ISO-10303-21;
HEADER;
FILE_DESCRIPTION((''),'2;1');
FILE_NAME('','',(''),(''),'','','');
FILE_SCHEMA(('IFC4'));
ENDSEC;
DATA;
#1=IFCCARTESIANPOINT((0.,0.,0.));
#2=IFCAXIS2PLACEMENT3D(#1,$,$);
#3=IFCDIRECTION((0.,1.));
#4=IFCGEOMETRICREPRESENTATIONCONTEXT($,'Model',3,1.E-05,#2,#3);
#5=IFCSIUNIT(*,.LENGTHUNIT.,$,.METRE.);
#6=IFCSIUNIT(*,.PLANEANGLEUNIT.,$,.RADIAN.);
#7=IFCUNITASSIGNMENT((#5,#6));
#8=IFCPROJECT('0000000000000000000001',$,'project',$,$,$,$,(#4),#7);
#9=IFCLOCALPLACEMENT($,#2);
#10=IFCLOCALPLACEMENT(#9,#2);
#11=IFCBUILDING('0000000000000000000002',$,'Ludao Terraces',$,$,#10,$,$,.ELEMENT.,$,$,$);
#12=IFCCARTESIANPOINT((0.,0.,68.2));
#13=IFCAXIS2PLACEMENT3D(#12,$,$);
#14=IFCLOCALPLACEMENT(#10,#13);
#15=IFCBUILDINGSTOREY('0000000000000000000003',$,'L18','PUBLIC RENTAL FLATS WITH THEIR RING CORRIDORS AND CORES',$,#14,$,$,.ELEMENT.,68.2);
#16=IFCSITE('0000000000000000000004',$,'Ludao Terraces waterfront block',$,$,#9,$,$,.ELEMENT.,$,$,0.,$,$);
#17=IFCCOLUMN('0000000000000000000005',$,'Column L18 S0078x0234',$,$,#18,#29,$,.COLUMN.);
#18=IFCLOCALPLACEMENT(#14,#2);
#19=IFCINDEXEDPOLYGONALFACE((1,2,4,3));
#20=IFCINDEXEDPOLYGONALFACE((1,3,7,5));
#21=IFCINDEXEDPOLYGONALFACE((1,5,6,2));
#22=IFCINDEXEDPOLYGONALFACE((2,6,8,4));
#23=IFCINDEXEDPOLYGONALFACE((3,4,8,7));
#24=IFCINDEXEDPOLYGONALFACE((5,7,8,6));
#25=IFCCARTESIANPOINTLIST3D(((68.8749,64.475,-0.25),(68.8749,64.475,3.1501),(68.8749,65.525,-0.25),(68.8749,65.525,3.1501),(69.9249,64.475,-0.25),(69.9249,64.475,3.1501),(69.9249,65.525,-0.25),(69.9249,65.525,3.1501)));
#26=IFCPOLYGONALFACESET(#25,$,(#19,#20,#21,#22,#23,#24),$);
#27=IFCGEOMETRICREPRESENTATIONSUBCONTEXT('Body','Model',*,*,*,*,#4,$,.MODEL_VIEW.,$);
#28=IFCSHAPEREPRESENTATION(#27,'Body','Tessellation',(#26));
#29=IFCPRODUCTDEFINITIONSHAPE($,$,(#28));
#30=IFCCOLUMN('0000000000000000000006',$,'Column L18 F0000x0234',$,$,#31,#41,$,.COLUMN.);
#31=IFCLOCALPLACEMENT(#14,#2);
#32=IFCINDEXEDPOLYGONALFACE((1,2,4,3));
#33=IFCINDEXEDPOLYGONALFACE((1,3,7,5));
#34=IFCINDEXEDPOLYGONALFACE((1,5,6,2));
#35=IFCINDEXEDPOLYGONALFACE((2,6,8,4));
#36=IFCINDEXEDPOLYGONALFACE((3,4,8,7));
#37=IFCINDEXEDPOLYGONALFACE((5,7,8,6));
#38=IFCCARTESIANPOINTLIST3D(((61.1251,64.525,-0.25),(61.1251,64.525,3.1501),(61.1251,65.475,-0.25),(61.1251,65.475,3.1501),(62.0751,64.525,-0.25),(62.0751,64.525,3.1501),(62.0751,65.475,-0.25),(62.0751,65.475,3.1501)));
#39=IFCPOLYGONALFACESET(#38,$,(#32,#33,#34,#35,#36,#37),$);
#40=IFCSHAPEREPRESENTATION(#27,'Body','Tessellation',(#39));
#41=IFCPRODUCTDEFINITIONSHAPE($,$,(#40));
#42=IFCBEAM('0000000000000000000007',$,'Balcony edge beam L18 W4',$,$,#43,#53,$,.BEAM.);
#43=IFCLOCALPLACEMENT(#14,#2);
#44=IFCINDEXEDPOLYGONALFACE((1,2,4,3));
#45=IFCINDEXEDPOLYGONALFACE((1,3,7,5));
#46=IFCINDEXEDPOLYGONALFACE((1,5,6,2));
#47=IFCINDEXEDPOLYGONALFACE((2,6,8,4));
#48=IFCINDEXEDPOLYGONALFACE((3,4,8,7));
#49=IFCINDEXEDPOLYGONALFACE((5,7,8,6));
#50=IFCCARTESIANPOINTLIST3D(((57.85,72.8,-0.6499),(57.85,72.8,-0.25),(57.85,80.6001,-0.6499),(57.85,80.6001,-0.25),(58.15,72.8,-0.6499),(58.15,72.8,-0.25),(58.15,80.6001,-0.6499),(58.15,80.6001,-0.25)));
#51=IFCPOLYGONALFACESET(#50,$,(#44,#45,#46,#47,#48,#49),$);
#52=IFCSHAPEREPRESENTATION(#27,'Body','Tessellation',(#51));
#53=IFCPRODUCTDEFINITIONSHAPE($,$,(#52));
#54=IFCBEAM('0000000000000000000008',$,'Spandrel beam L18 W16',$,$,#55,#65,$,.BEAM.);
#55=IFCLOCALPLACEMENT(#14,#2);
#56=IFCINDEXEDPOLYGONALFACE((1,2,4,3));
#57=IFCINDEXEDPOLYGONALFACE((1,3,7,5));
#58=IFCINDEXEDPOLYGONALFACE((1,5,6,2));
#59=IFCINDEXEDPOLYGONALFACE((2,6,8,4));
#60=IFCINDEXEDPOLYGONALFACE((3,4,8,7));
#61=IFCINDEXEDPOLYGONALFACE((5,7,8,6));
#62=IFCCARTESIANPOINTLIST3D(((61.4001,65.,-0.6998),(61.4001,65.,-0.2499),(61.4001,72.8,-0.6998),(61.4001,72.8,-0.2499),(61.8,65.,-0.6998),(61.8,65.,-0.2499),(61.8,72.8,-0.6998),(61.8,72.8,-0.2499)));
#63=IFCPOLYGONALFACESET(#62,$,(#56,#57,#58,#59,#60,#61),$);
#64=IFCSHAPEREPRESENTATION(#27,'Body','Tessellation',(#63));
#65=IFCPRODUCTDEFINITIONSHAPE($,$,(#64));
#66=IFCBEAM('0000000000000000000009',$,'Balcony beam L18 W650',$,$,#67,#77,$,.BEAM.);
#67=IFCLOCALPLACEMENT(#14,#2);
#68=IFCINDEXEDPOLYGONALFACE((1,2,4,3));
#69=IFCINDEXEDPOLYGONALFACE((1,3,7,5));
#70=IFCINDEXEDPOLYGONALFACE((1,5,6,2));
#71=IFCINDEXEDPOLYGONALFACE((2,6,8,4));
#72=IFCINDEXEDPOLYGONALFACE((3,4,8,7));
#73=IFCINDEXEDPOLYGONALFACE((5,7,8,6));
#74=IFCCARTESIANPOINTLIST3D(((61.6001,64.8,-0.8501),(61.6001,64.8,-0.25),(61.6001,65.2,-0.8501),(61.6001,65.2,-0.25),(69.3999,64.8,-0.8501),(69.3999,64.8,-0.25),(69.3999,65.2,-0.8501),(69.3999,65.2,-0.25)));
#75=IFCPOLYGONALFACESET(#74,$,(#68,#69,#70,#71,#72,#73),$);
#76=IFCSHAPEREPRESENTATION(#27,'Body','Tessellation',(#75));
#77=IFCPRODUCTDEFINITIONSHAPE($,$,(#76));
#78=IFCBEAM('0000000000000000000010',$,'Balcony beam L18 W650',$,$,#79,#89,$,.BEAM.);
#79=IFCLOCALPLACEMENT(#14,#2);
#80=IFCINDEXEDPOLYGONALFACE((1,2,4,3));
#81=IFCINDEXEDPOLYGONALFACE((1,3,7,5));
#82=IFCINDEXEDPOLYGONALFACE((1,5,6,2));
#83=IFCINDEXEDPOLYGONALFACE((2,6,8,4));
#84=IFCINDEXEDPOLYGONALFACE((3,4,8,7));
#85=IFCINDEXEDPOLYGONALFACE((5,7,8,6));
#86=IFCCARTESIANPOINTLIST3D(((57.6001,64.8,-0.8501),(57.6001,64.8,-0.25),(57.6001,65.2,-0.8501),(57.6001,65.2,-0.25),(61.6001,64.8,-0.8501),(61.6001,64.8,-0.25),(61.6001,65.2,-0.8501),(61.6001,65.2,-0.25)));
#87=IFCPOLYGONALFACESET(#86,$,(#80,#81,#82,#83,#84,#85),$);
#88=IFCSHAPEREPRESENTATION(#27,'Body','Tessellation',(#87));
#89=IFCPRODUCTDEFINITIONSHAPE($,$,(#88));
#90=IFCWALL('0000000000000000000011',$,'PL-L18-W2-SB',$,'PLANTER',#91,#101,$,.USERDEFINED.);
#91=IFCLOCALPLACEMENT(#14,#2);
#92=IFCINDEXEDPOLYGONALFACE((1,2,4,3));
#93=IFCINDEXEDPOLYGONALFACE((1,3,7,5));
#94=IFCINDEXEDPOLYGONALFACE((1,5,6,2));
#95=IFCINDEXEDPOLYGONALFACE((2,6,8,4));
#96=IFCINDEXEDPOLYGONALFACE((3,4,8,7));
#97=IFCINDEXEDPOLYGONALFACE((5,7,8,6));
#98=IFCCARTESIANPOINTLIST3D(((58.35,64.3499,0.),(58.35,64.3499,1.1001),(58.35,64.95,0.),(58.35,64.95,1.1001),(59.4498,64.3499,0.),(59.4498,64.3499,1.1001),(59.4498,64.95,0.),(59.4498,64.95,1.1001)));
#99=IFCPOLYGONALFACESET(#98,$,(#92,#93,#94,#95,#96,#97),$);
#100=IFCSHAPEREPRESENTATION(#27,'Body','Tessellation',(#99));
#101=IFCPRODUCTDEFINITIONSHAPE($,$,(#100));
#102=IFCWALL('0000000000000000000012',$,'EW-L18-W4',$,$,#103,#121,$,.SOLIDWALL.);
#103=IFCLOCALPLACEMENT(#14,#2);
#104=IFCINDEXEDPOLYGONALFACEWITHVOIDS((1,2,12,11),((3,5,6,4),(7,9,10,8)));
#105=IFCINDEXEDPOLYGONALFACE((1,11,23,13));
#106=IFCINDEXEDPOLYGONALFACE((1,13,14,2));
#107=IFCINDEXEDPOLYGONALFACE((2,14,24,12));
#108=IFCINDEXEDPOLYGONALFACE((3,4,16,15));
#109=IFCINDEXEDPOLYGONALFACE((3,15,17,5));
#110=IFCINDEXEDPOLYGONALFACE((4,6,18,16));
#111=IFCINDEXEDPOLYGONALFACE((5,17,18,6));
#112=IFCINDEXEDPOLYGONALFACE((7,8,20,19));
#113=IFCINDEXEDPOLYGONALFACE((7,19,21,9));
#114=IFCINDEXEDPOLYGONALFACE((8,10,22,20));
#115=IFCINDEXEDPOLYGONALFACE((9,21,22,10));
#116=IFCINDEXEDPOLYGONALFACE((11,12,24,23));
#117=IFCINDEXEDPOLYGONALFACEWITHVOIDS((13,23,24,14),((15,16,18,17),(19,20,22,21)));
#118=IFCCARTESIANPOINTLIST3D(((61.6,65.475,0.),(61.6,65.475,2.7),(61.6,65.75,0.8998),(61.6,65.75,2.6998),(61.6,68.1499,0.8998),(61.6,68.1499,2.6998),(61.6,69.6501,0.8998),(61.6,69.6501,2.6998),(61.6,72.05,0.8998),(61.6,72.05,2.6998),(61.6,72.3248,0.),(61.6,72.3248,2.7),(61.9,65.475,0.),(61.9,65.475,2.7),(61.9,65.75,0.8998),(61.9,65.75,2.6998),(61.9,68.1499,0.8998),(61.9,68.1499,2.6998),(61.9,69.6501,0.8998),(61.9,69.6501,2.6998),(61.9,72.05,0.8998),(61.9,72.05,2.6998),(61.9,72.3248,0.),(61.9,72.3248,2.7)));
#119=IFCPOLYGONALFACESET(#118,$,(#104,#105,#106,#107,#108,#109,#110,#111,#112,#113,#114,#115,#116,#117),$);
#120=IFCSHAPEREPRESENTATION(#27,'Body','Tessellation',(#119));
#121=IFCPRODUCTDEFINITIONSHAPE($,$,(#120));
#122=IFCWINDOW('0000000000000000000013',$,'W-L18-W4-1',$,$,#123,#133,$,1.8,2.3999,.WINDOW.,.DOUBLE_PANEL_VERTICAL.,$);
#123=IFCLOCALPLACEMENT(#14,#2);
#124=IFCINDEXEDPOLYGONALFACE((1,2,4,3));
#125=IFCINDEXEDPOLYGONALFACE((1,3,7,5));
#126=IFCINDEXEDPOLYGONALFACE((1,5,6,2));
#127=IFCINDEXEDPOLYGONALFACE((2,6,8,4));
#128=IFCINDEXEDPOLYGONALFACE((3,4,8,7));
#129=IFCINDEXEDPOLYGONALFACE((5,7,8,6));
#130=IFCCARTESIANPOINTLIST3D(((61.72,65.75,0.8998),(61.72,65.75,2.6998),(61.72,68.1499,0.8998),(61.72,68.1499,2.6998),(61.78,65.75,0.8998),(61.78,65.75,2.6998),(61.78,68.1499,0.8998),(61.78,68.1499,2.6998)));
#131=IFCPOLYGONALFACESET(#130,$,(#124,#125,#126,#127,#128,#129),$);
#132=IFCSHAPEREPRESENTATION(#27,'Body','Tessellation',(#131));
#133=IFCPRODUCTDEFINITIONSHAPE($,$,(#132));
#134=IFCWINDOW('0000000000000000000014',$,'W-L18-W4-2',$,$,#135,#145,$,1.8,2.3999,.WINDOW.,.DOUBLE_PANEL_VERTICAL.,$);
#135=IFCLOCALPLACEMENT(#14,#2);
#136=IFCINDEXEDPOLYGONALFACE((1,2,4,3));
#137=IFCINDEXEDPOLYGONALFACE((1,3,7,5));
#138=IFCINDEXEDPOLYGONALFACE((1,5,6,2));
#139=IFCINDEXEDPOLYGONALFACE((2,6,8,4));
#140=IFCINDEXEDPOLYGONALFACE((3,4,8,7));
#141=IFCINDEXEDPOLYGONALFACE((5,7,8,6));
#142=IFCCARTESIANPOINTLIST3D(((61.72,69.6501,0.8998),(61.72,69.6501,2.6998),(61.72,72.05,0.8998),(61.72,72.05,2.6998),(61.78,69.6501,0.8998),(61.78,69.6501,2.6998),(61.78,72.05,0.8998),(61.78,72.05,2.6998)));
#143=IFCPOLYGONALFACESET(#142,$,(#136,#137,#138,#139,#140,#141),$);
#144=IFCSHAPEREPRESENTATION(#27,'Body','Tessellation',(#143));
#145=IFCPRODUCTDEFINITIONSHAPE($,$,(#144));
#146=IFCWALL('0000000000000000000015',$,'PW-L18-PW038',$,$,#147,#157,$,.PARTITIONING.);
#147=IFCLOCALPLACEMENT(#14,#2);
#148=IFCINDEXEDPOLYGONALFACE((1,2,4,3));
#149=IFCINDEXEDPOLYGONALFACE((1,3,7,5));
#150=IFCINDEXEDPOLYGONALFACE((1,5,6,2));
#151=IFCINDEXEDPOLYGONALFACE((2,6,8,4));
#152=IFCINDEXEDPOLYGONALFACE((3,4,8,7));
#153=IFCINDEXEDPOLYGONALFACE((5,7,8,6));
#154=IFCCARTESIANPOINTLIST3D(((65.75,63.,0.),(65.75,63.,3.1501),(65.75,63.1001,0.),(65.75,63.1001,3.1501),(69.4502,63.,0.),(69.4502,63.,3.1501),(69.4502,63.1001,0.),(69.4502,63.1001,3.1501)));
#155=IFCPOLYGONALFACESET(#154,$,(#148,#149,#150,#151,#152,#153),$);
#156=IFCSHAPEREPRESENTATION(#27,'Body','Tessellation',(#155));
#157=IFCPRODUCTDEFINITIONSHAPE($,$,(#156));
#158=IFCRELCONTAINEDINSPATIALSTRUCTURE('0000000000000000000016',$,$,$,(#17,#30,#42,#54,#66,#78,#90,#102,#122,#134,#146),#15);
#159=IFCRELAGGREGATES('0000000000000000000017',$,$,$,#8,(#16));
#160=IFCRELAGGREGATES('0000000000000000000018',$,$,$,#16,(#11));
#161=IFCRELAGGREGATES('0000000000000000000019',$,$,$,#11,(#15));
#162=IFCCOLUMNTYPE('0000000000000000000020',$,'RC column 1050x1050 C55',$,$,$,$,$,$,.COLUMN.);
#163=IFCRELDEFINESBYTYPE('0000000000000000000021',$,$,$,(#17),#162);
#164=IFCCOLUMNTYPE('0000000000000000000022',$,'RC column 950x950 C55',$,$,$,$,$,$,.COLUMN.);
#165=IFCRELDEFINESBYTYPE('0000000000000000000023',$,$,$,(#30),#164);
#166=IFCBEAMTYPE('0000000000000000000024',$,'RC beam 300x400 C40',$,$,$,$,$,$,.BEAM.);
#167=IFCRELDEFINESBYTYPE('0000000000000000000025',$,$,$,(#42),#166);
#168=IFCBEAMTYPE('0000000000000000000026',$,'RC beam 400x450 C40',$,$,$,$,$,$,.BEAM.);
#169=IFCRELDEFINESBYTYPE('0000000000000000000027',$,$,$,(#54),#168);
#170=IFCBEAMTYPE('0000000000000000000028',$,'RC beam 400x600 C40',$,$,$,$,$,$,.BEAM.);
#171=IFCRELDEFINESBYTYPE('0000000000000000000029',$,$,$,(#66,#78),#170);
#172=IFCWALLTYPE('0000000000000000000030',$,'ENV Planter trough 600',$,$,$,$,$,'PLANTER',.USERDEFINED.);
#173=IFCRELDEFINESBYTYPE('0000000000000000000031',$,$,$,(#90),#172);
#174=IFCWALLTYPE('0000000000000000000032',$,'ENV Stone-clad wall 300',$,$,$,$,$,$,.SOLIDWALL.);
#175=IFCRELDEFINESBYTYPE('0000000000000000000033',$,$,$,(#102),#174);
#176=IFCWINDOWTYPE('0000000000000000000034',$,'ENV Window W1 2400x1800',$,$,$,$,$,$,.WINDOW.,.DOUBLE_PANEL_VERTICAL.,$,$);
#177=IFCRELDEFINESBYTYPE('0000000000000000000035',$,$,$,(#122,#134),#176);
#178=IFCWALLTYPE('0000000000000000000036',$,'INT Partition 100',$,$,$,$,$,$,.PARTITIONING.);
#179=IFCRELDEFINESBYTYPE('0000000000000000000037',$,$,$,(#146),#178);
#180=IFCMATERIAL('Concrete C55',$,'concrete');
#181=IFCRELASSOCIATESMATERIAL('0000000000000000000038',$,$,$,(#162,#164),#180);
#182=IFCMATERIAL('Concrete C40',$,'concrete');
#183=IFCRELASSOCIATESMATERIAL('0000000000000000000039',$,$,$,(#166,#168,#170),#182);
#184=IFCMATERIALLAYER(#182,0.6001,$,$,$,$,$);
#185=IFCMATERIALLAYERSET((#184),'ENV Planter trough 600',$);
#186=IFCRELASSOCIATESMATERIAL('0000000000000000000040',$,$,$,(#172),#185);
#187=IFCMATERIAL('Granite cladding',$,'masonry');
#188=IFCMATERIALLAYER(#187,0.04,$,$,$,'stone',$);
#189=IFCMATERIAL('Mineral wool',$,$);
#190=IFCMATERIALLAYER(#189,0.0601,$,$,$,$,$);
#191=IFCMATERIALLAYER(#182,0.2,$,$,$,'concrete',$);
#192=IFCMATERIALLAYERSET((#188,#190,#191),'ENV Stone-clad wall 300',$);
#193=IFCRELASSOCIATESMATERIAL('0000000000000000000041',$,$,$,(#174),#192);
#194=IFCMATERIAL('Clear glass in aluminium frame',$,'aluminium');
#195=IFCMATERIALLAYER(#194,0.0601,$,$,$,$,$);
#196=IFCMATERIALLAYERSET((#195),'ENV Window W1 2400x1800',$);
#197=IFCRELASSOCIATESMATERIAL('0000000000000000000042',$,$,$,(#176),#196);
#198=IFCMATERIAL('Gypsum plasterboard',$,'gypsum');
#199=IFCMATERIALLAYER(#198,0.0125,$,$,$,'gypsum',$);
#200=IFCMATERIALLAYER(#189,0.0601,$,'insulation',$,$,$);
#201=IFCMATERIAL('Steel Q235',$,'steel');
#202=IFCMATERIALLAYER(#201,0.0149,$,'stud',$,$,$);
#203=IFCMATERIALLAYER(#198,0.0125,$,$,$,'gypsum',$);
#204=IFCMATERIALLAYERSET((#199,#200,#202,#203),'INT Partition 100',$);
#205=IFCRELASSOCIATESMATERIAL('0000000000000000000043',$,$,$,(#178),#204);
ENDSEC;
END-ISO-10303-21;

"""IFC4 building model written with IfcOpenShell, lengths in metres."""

from ifc_helpers import new_model, si_unit, direction, frame, frame_2d, origin, origin_2d, place, context, subcontext, project, spatial, rectangle, extrude, material, layer, layer_set, material_profile, profile_set, type_object, element, fill, save


model = new_model("IFC4")

# Units and contexts
model_context = context("Model", 3, precision=1e-05, world=origin(), true_north=direction((0.0, 1.0)))
body_context = subcontext(model_context, "Body", "Model", "MODEL_VIEW")
ifc_project = project(units=[si_unit("LENGTHUNIT", "METRE"), si_unit("PLANEANGLEUNIT", "RADIAN")], contexts=[model_context])

# Site, building, storey
site_placement = place(None, origin())
site = spatial("IfcSite", under=ifc_project, at=site_placement, Name="Ludao Terraces waterfront block", CompositionType="ELEMENT", RefElevation=0.0)
building_placement = place(site_placement, origin())
building = spatial("IfcBuilding", under=site, at=building_placement, Name="Ludao Terraces", CompositionType="ELEMENT")
storey_placement = place(building_placement, frame((0.0, 0.0, 68.2)))
storey = spatial("IfcBuildingStorey", under=building, at=storey_placement, Name="L18", Description="PUBLIC RENTAL FLATS WITH THEIR RING CORRIDORS AND CORES", CompositionType="ELEMENT", Elevation=68.2)

# Columns
ifc_material_1 = material(Name="Concrete C55", Category="concrete")
ifc_material_profile_1 = material_profile(ifc_material_1, rectangle(XDim=1.05, YDim=1.05, at=origin_2d()), Name="1050 X 1050")
ifc_profile_set_1 = profile_set([ifc_material_profile_1], Name="Concrete C55")
column_type_1 = type_object("IfcColumnType", Name="RC column 1050x1050 C55", PredefinedType="COLUMN", material=ifc_profile_set_1)
column_1_placement = place(storey_placement, frame((69.3999, 65.0, -0.25), z_axis=(0.0, 0.0, 1.0), x_axis=(1.0, 0.0, 0.0)))
element("IfcColumn", 1, at=column_1_placement, inside=storey, type_object=column_type_1, Name="Column L18 S0078x0234", PredefinedType="COLUMN", context=body_context, shape_type="SweptSolid", body=[
    extrude(rectangle(XDim=1.05, YDim=1.05, at=origin_2d()), origin(), (0.0, 0.0, 1.0), 3.4001),
])
ifc_material_profile_2 = material_profile(ifc_material_1, rectangle(XDim=0.95, YDim=0.95, at=origin_2d()), Name="950 X 950")
ifc_profile_set_2 = profile_set([ifc_material_profile_2], Name="Concrete C55")
column_type_2 = type_object("IfcColumnType", Name="RC column 950x950 C55", PredefinedType="COLUMN", material=ifc_profile_set_2)
column_2_placement = place(storey_placement, frame((61.6001, 65.0, -0.25), z_axis=(0.0, 0.0, 1.0), x_axis=(1.0, 0.0, 0.0)))
element("IfcColumn", 2, at=column_2_placement, inside=storey, type_object=column_type_2, Name="Column L18 F0000x0234", PredefinedType="COLUMN", context=body_context, shape_type="SweptSolid", body=[
    extrude(rectangle(XDim=0.95, YDim=0.95, at=origin_2d()), origin(), (0.0, 0.0, 1.0), 3.4001),
])

# Beams
ifc_material_2 = material(Name="Concrete C40", Category="concrete")
ifc_material_profile_3 = material_profile(ifc_material_2, rectangle(XDim=0.3, YDim=0.3999, at=origin_2d()), Name="300 X 400")
ifc_profile_set_3 = profile_set([ifc_material_profile_3], Name="Concrete C40")
beam_type_1 = type_object("IfcBeamType", Name="RC beam 300x400 C40", PredefinedType="BEAM", material=ifc_profile_set_3)
beam_1_placement = place(storey_placement, frame((58.0, 72.8, -0.45), z_axis=(0.0, 1.0, 0.0), x_axis=(-1.0, 0.0, 0.0)))
element("IfcBeam", 3, at=beam_1_placement, inside=storey, type_object=beam_type_1, Name="Balcony edge beam L18 W4", PredefinedType="BEAM", context=body_context, shape_type="SweptSolid", body=[
    extrude(rectangle(XDim=0.3, YDim=0.3999, at=origin_2d()), origin(), (0.0, 0.0, 1.0), 7.8),
])
ifc_material_profile_4 = material_profile(ifc_material_2, rectangle(XDim=0.3999, YDim=0.45, at=origin_2d()), Name="400 X 450")
ifc_profile_set_4 = profile_set([ifc_material_profile_4], Name="Concrete C40")
beam_type_2 = type_object("IfcBeamType", Name="RC beam 400x450 C40", PredefinedType="BEAM", material=ifc_profile_set_4)
beam_2_placement = place(storey_placement, frame((61.6001, 65.0, -0.4749), z_axis=(0.0, 1.0, 0.0), x_axis=(-1.0, 0.0, 0.0)))
element("IfcBeam", 4, at=beam_2_placement, inside=storey, type_object=beam_type_2, Name="Spandrel beam L18 W16", PredefinedType="BEAM", context=body_context, shape_type="SweptSolid", body=[
    extrude(rectangle(XDim=0.3999, YDim=0.45, at=origin_2d()), origin(), (0.0, 0.0, 1.0), 7.8),
])
ifc_material_profile_5 = material_profile(ifc_material_2, rectangle(XDim=0.3999, YDim=0.6001, at=origin_2d()), Name="400 X 600")
ifc_profile_set_5 = profile_set([ifc_material_profile_5], Name="Concrete C40")
beam_type_3 = type_object("IfcBeamType", Name="RC beam 400x600 C40", PredefinedType="BEAM", material=ifc_profile_set_5)
beam_3_placement = place(storey_placement, frame((69.3999, 65.0, -0.55), z_axis=(-1.0, 0.0, 0.0), x_axis=(0.0, -1.0, 0.0)))
element("IfcBeam", 5, at=beam_3_placement, inside=storey, type_object=beam_type_3, Name="Balcony beam L18 W650", PredefinedType="BEAM", context=body_context, shape_type="SweptSolid", body=[
    extrude(rectangle(XDim=0.3999, YDim=0.6001, at=origin_2d()), origin(), (0.0, 0.0, 1.0), 7.7998),
])
beam_4_placement = place(storey_placement, frame((61.6001, 65.0, -0.55), z_axis=(-1.0, 0.0, 0.0), x_axis=(0.0, -1.0, 0.0)))
element("IfcBeam", 6, at=beam_4_placement, inside=storey, type_object=beam_type_3, Name="Balcony beam L18 W650", PredefinedType="BEAM", context=body_context, shape_type="SweptSolid", body=[
    extrude(rectangle(XDim=0.3999, YDim=0.6001, at=origin_2d()), origin(), (0.0, 0.0, 1.0), 4.0),
])

# Wall
ifc_layer_1 = layer(ifc_material_2, 0.6001)
ifc_layer_set_1 = layer_set([ifc_layer_1], Name="ENV Planter trough 600")
wall_type_1 = type_object("IfcWallType", Name="ENV Planter trough 600", ElementType="PLANTER", PredefinedType="USERDEFINED", material=ifc_layer_set_1)
wall_1_placement = place(storey_placement, frame((58.3501, 64.6499, 0.0), z_axis=(0.0, 0.0, 1.0), x_axis=(1.0, 0.0, 0.0)))
element("IfcWall", 7, at=wall_1_placement, inside=storey, type_object=wall_type_1, Name="PL-L18-W2-SB", ObjectType="PLANTER", PredefinedType="USERDEFINED", context=body_context, shape_type="SweptSolid", body=[
    extrude(rectangle(XDim=1.0999, YDim=0.6001, at=frame_2d((0.5498, 0.0))), origin(), (0.0, 0.0, 1.0), 1.1001),
])

# Wall, openings, windows
ifc_material_3 = material(Name="Granite cladding", Category="masonry")
ifc_layer_2 = layer(ifc_material_3, 0.04, Category="stone")
ifc_material_4 = material(Name="Mineral wool")
ifc_layer_3 = layer(ifc_material_4, 0.0601)
ifc_layer_4 = layer(ifc_material_2, 0.2, Category="concrete")
ifc_layer_set_2 = layer_set([ifc_layer_2, ifc_layer_3, ifc_layer_4], Name="ENV Stone-clad wall 300")
wall_type_2 = type_object("IfcWallType", Name="ENV Stone-clad wall 300", PredefinedType="SOLIDWALL", material=ifc_layer_set_2)
wall_2_placement = place(storey_placement, frame((61.75, 65.4751, 0.0), z_axis=(0.0, 0.0, 1.0), x_axis=(0.0, 1.0, 0.0)))
wall_2 = element("IfcWall", 8, at=wall_2_placement, inside=storey, type_object=wall_type_2, Name="EW-L18-W4", PredefinedType="SOLIDWALL", context=body_context, shape_type="SweptSolid", body=[
    extrude(rectangle(XDim=6.8499, YDim=0.3, at=frame_2d((3.4248, 0.0))), origin(), (0.0, 0.0, 1.0), 2.7),
])
opening_1_placement = place(wall_2_placement, frame((0.2749, 0.0, 0.8999)))
opening_1 = element("IfcOpeningElement", 9, at=opening_1_placement, cuts=wall_2, PredefinedType="OPENING", context=body_context, shape_type="SweptSolid", body=[
    extrude(rectangle(XDim=2.3999, YDim=1.8, at=frame_2d((1.2, 0.8999))), frame((0.0, 0.1602, 0.0), z_axis=(0.0, -1.0, 0.0), x_axis=(1.0, 0.0, 0.0)), (0.0, 0.0, 1.0), 0.3201),
])
opening_2_placement = place(wall_2_placement, frame((4.175, 0.0, 0.8999)))
opening_2 = element("IfcOpeningElement", 10, at=opening_2_placement, cuts=wall_2, PredefinedType="OPENING", context=body_context, shape_type="SweptSolid", body=[
    extrude(rectangle(XDim=2.3999, YDim=1.8, at=frame_2d((1.2, 0.8999))), frame((0.0, 0.1602, 0.0), z_axis=(0.0, -1.0, 0.0), x_axis=(1.0, 0.0, 0.0)), (0.0, 0.0, 1.0), 0.3201),
])
ifc_material_5 = material(Name="Clear glass in aluminium frame", Category="aluminium")
ifc_layer_5 = layer(ifc_material_5, 0.0601)
ifc_layer_set_3 = layer_set([ifc_layer_5], Name="ENV Window W1 2400x1800")
window_type = type_object("IfcWindowType", Name="ENV Window W1 2400x1800", PartitioningType="DOUBLE_PANEL_VERTICAL", PredefinedType="WINDOW", material=ifc_layer_set_3)
window_1_placement = place(opening_1_placement, origin())
window_1 = element("IfcWindow", 11, at=window_1_placement, inside=storey, type_object=window_type, Name="W-L18-W4-1", OverallHeight=1.8, OverallWidth=2.3999, PartitioningType="DOUBLE_PANEL_VERTICAL", PredefinedType="WINDOW", context=body_context, shape_type="SweptSolid", body=[
    extrude(rectangle(XDim=2.3999, YDim=1.8, at=frame_2d((1.2, 0.8999))), frame((0.0, 0.03, 0.0), z_axis=(0.0, -1.0, 0.0), x_axis=(1.0, 0.0, 0.0)), (0.0, 0.0, 1.0), 0.0601),
])
fill(opening_1, window_1)
window_2_placement = place(opening_2_placement, origin())
window_2 = element("IfcWindow", 12, at=window_2_placement, inside=storey, type_object=window_type, Name="W-L18-W4-2", OverallHeight=1.8, OverallWidth=2.3999, PartitioningType="DOUBLE_PANEL_VERTICAL", PredefinedType="WINDOW", context=body_context, shape_type="SweptSolid", body=[
    extrude(rectangle(XDim=2.3999, YDim=1.8, at=frame_2d((1.2, 0.8999))), frame((0.0, 0.03, 0.0), z_axis=(0.0, -1.0, 0.0), x_axis=(1.0, 0.0, 0.0)), (0.0, 0.0, 1.0), 0.0601),
])
fill(opening_2, window_2)

# Wall
ifc_material_6 = material(Name="Gypsum plasterboard", Category="gypsum")
ifc_layer_6 = layer(ifc_material_6, 0.0125, Category="gypsum")
ifc_layer_7 = layer(ifc_material_4, 0.0601, Name="insulation")
ifc_material_7 = material(Name="Steel Q235", Category="steel")
ifc_layer_8 = layer(ifc_material_7, 0.0149, Name="stud")
ifc_layer_9 = layer(ifc_material_6, 0.0125, Category="gypsum")
ifc_layer_set_4 = layer_set([ifc_layer_6, ifc_layer_7, ifc_layer_8, ifc_layer_9], Name="INT Partition 100")
wall_type_3 = type_object("IfcWallType", Name="INT Partition 100", PredefinedType="PARTITIONING", material=ifc_layer_set_4)
wall_3_placement = place(storey_placement, frame((65.75, 63.05, 0.0), z_axis=(0.0, 0.0, 1.0), x_axis=(1.0, 0.0, 0.0)))
element("IfcWall", 13, at=wall_3_placement, inside=storey, type_object=wall_type_3, Name="PW-L18-PW038", PredefinedType="PARTITIONING", context=body_context, shape_type="SweptSolid", body=[
    extrude(rectangle(XDim=3.7002, YDim=0.1001, at=frame_2d((1.8501, 0.0))), origin(), (0.0, 0.0, 1.0), 3.1501),
])

save(model, "model.ifc")
